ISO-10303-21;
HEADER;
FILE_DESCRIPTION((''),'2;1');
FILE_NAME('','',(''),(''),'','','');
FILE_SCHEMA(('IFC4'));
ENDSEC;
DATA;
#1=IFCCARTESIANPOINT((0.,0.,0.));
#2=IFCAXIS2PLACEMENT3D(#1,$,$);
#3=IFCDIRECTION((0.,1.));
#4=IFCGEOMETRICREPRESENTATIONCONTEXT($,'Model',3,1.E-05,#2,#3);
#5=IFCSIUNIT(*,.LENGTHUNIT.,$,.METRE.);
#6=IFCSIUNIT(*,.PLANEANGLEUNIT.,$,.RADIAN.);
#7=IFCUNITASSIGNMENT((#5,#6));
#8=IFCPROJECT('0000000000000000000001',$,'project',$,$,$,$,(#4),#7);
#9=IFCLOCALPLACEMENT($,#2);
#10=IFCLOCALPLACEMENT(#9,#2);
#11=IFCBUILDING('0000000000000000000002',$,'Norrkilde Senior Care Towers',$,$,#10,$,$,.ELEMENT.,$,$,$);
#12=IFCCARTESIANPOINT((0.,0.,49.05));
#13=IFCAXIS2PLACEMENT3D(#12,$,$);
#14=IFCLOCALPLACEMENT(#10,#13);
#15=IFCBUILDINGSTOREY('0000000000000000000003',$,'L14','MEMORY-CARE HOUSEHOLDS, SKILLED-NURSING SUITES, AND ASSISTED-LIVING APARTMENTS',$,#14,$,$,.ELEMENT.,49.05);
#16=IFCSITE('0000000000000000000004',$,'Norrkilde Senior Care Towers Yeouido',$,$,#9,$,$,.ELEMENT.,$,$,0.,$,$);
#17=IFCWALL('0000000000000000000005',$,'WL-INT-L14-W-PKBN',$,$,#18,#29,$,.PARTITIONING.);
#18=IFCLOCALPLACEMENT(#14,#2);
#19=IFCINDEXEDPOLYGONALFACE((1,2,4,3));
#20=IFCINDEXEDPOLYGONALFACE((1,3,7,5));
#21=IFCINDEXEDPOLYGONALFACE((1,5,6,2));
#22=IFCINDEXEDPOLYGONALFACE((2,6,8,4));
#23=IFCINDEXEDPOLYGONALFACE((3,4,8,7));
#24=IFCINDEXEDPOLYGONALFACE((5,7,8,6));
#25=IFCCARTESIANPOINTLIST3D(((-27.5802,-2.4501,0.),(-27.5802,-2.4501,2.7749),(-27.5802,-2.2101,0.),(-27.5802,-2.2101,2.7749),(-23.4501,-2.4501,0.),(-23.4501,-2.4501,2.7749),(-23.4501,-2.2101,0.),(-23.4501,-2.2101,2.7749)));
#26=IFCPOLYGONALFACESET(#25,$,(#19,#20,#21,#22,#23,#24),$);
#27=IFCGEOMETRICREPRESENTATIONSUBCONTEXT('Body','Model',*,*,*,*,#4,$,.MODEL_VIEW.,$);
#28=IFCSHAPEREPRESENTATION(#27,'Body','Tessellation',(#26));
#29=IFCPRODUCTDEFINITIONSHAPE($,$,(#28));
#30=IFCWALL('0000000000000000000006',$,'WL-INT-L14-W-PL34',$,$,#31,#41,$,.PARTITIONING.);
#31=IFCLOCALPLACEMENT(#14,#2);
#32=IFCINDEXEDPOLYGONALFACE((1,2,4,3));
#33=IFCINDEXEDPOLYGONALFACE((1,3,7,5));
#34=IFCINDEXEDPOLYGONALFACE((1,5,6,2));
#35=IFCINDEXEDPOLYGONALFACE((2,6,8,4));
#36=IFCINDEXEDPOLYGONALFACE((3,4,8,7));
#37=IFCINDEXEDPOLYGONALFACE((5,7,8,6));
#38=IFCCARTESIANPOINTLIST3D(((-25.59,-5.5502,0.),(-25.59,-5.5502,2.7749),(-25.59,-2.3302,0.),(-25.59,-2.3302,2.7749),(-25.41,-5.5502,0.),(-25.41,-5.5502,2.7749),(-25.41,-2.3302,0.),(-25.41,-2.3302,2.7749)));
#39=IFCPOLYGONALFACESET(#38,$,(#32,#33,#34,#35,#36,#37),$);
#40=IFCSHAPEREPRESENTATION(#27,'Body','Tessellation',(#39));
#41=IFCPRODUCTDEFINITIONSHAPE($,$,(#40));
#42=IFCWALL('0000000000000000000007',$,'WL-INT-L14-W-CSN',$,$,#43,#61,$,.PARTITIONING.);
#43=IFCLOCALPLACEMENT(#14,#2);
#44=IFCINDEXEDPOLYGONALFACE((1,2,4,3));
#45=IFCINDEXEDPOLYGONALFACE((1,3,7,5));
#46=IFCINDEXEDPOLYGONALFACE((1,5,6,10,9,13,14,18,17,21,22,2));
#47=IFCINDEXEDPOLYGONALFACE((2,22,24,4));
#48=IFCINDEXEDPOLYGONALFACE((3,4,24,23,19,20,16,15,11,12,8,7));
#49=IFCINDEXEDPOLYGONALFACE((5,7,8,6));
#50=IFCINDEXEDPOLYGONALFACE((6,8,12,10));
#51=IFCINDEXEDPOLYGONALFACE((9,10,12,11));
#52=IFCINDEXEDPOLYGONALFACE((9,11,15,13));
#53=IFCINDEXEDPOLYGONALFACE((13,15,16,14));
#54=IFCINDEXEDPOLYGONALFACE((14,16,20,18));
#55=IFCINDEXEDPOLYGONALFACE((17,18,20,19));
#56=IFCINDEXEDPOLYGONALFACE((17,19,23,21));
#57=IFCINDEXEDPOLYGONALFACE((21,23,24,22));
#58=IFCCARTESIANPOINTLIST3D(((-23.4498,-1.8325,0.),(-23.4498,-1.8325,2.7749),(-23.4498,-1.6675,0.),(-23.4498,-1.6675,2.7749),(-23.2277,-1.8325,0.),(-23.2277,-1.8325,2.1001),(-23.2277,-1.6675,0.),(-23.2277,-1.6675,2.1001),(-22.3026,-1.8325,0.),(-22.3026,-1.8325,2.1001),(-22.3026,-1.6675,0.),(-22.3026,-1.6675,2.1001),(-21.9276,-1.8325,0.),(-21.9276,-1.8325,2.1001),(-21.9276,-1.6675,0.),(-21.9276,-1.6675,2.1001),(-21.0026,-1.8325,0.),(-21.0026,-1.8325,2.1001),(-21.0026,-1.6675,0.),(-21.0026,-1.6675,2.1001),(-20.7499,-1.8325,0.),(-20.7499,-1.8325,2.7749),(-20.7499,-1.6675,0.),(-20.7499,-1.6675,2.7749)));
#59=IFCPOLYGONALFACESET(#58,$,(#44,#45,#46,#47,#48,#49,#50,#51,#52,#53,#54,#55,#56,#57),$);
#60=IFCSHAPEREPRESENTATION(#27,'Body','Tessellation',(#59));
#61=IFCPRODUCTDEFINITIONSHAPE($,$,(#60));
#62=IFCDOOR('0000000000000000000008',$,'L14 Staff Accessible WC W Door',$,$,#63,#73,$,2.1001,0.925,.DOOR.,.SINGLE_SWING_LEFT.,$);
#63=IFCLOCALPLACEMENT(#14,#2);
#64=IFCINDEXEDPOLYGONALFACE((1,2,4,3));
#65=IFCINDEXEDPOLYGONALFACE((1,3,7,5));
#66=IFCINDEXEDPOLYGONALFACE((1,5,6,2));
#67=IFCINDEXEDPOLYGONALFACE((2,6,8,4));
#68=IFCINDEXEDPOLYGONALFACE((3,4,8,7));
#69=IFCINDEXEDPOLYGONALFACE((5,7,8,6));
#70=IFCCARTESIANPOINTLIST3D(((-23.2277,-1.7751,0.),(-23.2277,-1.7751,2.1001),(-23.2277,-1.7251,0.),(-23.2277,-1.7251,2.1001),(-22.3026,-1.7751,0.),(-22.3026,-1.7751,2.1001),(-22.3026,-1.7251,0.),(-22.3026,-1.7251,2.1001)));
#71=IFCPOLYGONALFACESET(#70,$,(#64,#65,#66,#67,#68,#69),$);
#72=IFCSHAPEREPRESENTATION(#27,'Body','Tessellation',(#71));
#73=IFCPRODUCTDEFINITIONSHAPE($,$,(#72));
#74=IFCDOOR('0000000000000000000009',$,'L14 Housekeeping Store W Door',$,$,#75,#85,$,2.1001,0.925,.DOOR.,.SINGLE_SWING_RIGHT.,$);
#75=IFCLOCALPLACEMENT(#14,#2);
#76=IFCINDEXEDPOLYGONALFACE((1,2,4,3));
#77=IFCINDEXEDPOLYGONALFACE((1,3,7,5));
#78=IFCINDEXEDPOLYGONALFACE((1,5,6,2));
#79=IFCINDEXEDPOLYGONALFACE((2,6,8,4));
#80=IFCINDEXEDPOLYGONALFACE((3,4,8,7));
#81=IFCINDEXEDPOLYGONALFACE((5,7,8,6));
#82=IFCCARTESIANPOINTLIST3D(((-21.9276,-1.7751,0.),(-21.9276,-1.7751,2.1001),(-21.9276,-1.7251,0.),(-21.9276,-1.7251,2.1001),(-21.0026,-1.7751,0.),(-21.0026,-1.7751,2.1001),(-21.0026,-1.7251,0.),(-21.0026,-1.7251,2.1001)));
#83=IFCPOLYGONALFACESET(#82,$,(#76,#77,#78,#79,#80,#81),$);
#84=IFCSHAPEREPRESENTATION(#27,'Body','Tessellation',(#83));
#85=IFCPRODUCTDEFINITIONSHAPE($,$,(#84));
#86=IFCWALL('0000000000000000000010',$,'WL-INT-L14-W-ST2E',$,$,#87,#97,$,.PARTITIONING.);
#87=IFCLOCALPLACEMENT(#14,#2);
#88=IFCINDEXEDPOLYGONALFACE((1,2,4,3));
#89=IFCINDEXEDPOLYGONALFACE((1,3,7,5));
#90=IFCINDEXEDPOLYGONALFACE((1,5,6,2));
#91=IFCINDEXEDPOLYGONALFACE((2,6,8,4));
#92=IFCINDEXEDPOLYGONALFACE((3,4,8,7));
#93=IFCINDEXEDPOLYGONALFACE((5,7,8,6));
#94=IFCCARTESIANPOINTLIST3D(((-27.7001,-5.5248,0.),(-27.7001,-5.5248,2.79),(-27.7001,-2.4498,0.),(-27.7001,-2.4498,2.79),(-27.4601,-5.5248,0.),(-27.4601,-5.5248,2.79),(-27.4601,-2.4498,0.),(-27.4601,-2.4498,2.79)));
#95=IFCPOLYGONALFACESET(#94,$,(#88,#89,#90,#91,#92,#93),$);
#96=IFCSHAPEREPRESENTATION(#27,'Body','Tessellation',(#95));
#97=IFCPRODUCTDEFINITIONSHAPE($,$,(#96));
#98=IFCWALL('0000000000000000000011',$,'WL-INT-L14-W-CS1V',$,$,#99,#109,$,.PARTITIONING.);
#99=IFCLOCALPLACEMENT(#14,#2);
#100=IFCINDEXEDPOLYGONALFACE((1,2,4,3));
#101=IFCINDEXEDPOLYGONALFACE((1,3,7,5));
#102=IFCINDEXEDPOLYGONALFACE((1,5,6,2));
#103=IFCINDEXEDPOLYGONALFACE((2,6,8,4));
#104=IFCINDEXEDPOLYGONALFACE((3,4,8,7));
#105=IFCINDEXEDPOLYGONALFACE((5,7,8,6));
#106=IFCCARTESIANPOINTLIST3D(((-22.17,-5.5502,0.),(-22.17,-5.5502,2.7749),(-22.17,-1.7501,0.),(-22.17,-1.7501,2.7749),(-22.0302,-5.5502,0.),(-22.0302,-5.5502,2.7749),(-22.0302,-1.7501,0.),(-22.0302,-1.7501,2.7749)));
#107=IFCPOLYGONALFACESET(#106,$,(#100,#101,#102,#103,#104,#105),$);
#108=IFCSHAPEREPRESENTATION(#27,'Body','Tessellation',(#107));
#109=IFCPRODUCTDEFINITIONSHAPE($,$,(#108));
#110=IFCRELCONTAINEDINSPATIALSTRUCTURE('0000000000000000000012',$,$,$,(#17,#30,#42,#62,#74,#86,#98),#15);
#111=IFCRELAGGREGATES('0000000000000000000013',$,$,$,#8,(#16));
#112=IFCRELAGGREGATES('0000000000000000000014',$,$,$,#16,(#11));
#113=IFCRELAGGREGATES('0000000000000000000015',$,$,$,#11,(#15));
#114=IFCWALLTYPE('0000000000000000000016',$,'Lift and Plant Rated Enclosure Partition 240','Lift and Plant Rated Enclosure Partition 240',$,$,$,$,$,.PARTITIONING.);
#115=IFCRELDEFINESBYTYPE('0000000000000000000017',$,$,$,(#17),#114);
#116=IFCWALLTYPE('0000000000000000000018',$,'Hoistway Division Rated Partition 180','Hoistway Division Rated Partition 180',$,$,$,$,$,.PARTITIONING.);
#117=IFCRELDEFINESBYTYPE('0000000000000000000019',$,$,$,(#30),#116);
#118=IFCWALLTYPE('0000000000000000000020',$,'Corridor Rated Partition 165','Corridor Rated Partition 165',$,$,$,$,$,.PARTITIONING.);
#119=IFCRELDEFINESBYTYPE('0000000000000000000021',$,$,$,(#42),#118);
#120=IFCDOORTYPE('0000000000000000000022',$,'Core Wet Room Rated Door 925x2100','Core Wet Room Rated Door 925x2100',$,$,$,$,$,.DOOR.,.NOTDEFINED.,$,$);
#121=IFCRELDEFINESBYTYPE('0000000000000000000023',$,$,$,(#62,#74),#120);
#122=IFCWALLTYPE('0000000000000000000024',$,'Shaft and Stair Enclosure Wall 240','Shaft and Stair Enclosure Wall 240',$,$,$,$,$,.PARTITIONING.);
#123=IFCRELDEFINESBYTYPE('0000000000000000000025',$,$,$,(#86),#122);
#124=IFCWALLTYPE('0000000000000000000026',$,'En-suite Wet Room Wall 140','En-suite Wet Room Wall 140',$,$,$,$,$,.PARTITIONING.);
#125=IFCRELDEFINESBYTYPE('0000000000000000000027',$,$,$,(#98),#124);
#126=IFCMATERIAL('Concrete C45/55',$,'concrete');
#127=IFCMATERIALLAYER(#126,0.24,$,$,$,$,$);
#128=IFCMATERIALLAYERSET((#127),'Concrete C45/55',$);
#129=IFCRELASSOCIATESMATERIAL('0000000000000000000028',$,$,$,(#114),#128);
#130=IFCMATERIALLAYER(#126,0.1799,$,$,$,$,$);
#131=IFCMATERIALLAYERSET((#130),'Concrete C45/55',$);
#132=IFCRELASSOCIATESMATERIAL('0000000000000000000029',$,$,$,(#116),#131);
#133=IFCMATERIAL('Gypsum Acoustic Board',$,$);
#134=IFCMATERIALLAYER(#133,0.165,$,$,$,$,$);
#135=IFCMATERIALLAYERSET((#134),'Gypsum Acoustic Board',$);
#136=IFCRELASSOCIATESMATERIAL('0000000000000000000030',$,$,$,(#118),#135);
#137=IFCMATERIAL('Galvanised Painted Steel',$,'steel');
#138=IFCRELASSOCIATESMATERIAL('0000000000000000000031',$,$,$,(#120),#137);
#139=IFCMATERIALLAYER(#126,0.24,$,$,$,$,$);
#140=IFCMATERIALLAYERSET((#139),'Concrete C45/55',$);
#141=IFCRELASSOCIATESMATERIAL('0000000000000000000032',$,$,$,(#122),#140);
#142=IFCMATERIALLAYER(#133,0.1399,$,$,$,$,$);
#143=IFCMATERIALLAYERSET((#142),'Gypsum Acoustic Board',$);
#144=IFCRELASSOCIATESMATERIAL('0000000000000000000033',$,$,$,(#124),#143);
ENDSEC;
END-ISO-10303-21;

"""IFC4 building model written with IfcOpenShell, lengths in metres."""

from ifc_helpers import new_model, si_unit, direction, frame, frame_2d, origin, place, context, subcontext, project, spatial, rectangle, extrude, source, transform, mapped, material, layer, layer_set, type_object, type_shapes, element, fill, save


model = new_model("IFC4")

# Units and contexts
model_context = context("Model", 3, precision=1e-05, world=origin(), true_north=direction((0.0, 1.0)))
body_context = subcontext(model_context, "Body", "Model", "MODEL_VIEW")
ifc_project = project(units=[si_unit("LENGTHUNIT", "METRE"), si_unit("PLANEANGLEUNIT", "RADIAN")], contexts=[model_context])

# Site, building, storey
site_placement = place(None, origin())
site = spatial("IfcSite", under=ifc_project, at=site_placement, Name="Norrkilde Senior Care Towers Yeouido", CompositionType="ELEMENT", RefElevation=0.0)
building_placement = place(site_placement, origin())
building = spatial("IfcBuilding", under=site, at=building_placement, Name="Norrkilde Senior Care Towers", CompositionType="ELEMENT")
storey_placement = place(building_placement, frame((0.0, 0.0, 49.05)))
storey = spatial("IfcBuildingStorey", under=building, at=storey_placement, Name="L14", Description="MEMORY-CARE HOUSEHOLDS, SKILLED-NURSING SUITES, AND ASSISTED-LIVING APARTMENTS", CompositionType="ELEMENT", Elevation=49.05)

# Shared definitions
ifc_material_1 = material(Name="Concrete C45/55", Category="concrete")
ifc_layer_1 = layer(ifc_material_1, 0.24)
ifc_layer_set_1 = layer_set([ifc_layer_1], Name="Concrete C45/55")
wall_type_1 = type_object("IfcWallType", Name="Lift and Plant Rated Enclosure Partition 240", Description="Lift and Plant Rated Enclosure Partition 240", PredefinedType="PARTITIONING", material=ifc_layer_set_1)

# Shared definitions
ifc_material_2 = material(Name="Galvanised Painted Steel", Category="steel")

# Walls
shared_shape_1 = source(origin(), body_context, "Body", "SweptSolid", [
    extrude(rectangle(XDim=4.1301, YDim=0.24, at=frame_2d((2.0649, 0.0))), origin(), (0.0, 0.0, 1.0), 2.7749),
])
wall_1_placement = place(storey_placement, frame((-27.5801, -2.3301, 0.0), z_axis=(0.0, 0.0, 1.0), x_axis=(1.0, 0.0, 0.0)))
element("IfcWall", 1, at=wall_1_placement, inside=storey, type_object=wall_type_1, Name="WL-INT-L14-W-PKBN", PredefinedType="PARTITIONING", context=body_context, shape_type="MappedRepresentation", body=[
    mapped(shared_shape_1, transform((0.0, 0.0, 0.0), x_axis=(1.0, 0.0, 0.0), y_axis=(0.0, 1.0, 0.0), z_axis=(0.0, 0.0, 1.0), scale=1.0)),
])
ifc_layer_2 = layer(ifc_material_1, 0.1799)
ifc_layer_set_2 = layer_set([ifc_layer_2], Name="Concrete C45/55")
wall_type_2 = type_object("IfcWallType", Name="Hoistway Division Rated Partition 180", Description="Hoistway Division Rated Partition 180", PredefinedType="PARTITIONING", material=ifc_layer_set_2)
shared_shape_2 = source(origin(), body_context, "Body", "SweptSolid", [
    extrude(rectangle(XDim=3.22, YDim=0.1799, at=frame_2d((1.6099, 0.0))), origin(), (0.0, 0.0, 1.0), 2.7749),
])
type_shapes(wall_type_2, [shared_shape_2])
wall_2_placement = place(storey_placement, frame((-25.5, -5.55, 0.0), z_axis=(0.0, 0.0, 1.0), x_axis=(0.0, 1.0, 0.0)))
element("IfcWall", 2, at=wall_2_placement, inside=storey, type_object=wall_type_2, Name="WL-INT-L14-W-PL34", PredefinedType="PARTITIONING", context=body_context, shape_type="MappedRepresentation", body=[
    mapped(shared_shape_2, transform((0.0, 0.0, 0.0), x_axis=(1.0, 0.0, 0.0), y_axis=(0.0, 1.0, 0.0), z_axis=(0.0, 0.0, 1.0), scale=1.0)),
])

# Wall, openings, doors
ifc_material_3 = material(Name="Gypsum Acoustic Board")
ifc_layer_3 = layer(ifc_material_3, 0.165)
ifc_layer_set_3 = layer_set([ifc_layer_3], Name="Gypsum Acoustic Board")
wall_type_3 = type_object("IfcWallType", Name="Corridor Rated Partition 165", Description="Corridor Rated Partition 165", PredefinedType="PARTITIONING", material=ifc_layer_set_3)
shared_shape_3 = source(origin(), body_context, "Body", "SweptSolid", [
    extrude(rectangle(XDim=2.7, YDim=0.165, at=frame_2d((1.3501, 0.0))), origin(), (0.0, 0.0, 1.0), 2.7749),
])
type_shapes(wall_type_3, [shared_shape_3])
wall_3_placement = place(storey_placement, frame((-23.45, -1.75, 0.0), z_axis=(0.0, 0.0, 1.0), x_axis=(1.0, 0.0, 0.0)))
wall_3 = element("IfcWall", 3, at=wall_3_placement, inside=storey, type_object=wall_type_3, Name="WL-INT-L14-W-CSN", PredefinedType="PARTITIONING", context=body_context, shape_type="MappedRepresentation", body=[
    mapped(shared_shape_3, transform((0.0, 0.0, 0.0), x_axis=(1.0, 0.0, 0.0), y_axis=(0.0, 1.0, 0.0), z_axis=(0.0, 0.0, 1.0), scale=1.0)),
])
opening_1_placement = place(wall_3_placement, frame((0.2224, 0.0, 0.0)))
opening_1 = element("IfcOpeningElement", 4, at=opening_1_placement, cuts=wall_3, PredefinedType="OPENING", context=body_context, shape_type="SweptSolid", body=[
    extrude(rectangle(XDim=0.925, YDim=2.1001, at=frame_2d((0.4624, 1.05))), frame((0.0, 0.0925, 0.0), z_axis=(0.0, -1.0, 0.0), x_axis=(1.0, 0.0, 0.0)), (0.0, 0.0, 1.0), 0.1851),
])
opening_2_placement = place(wall_3_placement, frame((1.5225, 0.0, 0.0)))
opening_2 = element("IfcOpeningElement", 5, at=opening_2_placement, cuts=wall_3, PredefinedType="OPENING", context=body_context, shape_type="SweptSolid", body=[
    extrude(rectangle(XDim=0.925, YDim=2.1001, at=frame_2d((0.4624, 1.05))), frame((0.0, 0.0925, 0.0), z_axis=(0.0, -1.0, 0.0), x_axis=(1.0, 0.0, 0.0)), (0.0, 0.0, 1.0), 0.1851),
])
door_type_1 = type_object("IfcDoorType", Name="Core Wet Room Rated Door 925x2100", Description="Core Wet Room Rated Door 925x2100", OperationType="NOTDEFINED", PredefinedType="DOOR", material=ifc_material_2)
shared_shape_4 = source(origin(), body_context, "Body", "SweptSolid", [
    extrude(rectangle(XDim=0.925, YDim=2.1001, at=frame_2d((0.4624, 1.05))), frame((0.0, 0.0249, 0.0), z_axis=(0.0, -1.0, 0.0), x_axis=(1.0, 0.0, 0.0)), (0.0, 0.0, 1.0), 0.05),
])
type_shapes(door_type_1, [shared_shape_4])
door_1_placement = place(opening_1_placement, origin())
door_1 = element("IfcDoor", 6, at=door_1_placement, inside=storey, type_object=door_type_1, Name="L14 Staff Accessible WC W Door", OperationType="SINGLE_SWING_LEFT", OverallHeight=2.1001, OverallWidth=0.925, PredefinedType="DOOR", context=body_context, shape_type="MappedRepresentation", body=[
    mapped(shared_shape_4, transform((0.0, 0.0, 0.0), x_axis=(1.0, 0.0, 0.0), y_axis=(0.0, 1.0, 0.0), z_axis=(0.0, 0.0, 1.0), scale=1.0)),
])
fill(opening_1, door_1)
door_2_placement = place(opening_2_placement, origin())
door_2 = element("IfcDoor", 7, at=door_2_placement, inside=storey, type_object=door_type_1, Name="L14 Housekeeping Store W Door", OperationType="SINGLE_SWING_RIGHT", OverallHeight=2.1001, OverallWidth=0.925, PredefinedType="DOOR", context=body_context, shape_type="MappedRepresentation", body=[
    mapped(shared_shape_4, transform((0.0, 0.0, 0.0), x_axis=(1.0, 0.0, 0.0), y_axis=(0.0, 1.0, 0.0), z_axis=(0.0, 0.0, 1.0), scale=1.0)),
])
fill(opening_2, door_2)

# Walls
ifc_layer_4 = layer(ifc_material_1, 0.24)
ifc_layer_set_4 = layer_set([ifc_layer_4], Name="Concrete C45/55")
wall_type_4 = type_object("IfcWallType", Name="Shaft and Stair Enclosure Wall 240", Description="Shaft and Stair Enclosure Wall 240", PredefinedType="PARTITIONING", material=ifc_layer_set_4)
shared_shape_5 = source(origin(), body_context, "Body", "SweptSolid", [
    extrude(rectangle(XDim=3.075, YDim=0.24, at=frame_2d((1.5376, 0.0))), origin(), (0.0, 0.0, 1.0), 2.79),
])
type_shapes(wall_type_4, [shared_shape_5])
wall_4_placement = place(storey_placement, frame((-27.5801, -5.5249, 0.0), z_axis=(0.0, 0.0, 1.0), x_axis=(0.0, 1.0, 0.0)))
element("IfcWall", 8, at=wall_4_placement, inside=storey, type_object=wall_type_4, Name="WL-INT-L14-W-ST2E", PredefinedType="PARTITIONING", context=body_context, shape_type="MappedRepresentation", body=[
    mapped(shared_shape_5, transform((0.0, 0.0, 0.0), x_axis=(1.0, 0.0, 0.0), y_axis=(0.0, 1.0, 0.0), z_axis=(0.0, 0.0, 1.0), scale=1.0)),
])
ifc_layer_5 = layer(ifc_material_3, 0.1399)
ifc_layer_set_5 = layer_set([ifc_layer_5], Name="Gypsum Acoustic Board")
wall_type_5 = type_object("IfcWallType", Name="En-suite Wet Room Wall 140", Description="En-suite Wet Room Wall 140", PredefinedType="PARTITIONING", material=ifc_layer_set_5)
shared_shape_6 = source(origin(), body_context, "Body", "SweptSolid", [
    extrude(rectangle(XDim=3.8, YDim=0.1399, at=frame_2d((1.8999, 0.0))), origin(), (0.0, 0.0, 1.0), 2.7749),
])
type_shapes(wall_type_5, [shared_shape_6])
wall_5_placement = place(storey_placement, frame((-22.1001, -5.55, 0.0), z_axis=(0.0, 0.0, 1.0), x_axis=(0.0, 1.0, 0.0)))
element("IfcWall", 9, at=wall_5_placement, inside=storey, type_object=wall_type_5, Name="WL-INT-L14-W-CS1V", PredefinedType="PARTITIONING", context=body_context, shape_type="MappedRepresentation", body=[
    mapped(shared_shape_6, transform((0.0, 0.0, 0.0), x_axis=(1.0, 0.0, 0.0), y_axis=(0.0, 1.0, 0.0), z_axis=(0.0, 0.0, 1.0), scale=1.0)),
])

save(model, "model.ifc")
